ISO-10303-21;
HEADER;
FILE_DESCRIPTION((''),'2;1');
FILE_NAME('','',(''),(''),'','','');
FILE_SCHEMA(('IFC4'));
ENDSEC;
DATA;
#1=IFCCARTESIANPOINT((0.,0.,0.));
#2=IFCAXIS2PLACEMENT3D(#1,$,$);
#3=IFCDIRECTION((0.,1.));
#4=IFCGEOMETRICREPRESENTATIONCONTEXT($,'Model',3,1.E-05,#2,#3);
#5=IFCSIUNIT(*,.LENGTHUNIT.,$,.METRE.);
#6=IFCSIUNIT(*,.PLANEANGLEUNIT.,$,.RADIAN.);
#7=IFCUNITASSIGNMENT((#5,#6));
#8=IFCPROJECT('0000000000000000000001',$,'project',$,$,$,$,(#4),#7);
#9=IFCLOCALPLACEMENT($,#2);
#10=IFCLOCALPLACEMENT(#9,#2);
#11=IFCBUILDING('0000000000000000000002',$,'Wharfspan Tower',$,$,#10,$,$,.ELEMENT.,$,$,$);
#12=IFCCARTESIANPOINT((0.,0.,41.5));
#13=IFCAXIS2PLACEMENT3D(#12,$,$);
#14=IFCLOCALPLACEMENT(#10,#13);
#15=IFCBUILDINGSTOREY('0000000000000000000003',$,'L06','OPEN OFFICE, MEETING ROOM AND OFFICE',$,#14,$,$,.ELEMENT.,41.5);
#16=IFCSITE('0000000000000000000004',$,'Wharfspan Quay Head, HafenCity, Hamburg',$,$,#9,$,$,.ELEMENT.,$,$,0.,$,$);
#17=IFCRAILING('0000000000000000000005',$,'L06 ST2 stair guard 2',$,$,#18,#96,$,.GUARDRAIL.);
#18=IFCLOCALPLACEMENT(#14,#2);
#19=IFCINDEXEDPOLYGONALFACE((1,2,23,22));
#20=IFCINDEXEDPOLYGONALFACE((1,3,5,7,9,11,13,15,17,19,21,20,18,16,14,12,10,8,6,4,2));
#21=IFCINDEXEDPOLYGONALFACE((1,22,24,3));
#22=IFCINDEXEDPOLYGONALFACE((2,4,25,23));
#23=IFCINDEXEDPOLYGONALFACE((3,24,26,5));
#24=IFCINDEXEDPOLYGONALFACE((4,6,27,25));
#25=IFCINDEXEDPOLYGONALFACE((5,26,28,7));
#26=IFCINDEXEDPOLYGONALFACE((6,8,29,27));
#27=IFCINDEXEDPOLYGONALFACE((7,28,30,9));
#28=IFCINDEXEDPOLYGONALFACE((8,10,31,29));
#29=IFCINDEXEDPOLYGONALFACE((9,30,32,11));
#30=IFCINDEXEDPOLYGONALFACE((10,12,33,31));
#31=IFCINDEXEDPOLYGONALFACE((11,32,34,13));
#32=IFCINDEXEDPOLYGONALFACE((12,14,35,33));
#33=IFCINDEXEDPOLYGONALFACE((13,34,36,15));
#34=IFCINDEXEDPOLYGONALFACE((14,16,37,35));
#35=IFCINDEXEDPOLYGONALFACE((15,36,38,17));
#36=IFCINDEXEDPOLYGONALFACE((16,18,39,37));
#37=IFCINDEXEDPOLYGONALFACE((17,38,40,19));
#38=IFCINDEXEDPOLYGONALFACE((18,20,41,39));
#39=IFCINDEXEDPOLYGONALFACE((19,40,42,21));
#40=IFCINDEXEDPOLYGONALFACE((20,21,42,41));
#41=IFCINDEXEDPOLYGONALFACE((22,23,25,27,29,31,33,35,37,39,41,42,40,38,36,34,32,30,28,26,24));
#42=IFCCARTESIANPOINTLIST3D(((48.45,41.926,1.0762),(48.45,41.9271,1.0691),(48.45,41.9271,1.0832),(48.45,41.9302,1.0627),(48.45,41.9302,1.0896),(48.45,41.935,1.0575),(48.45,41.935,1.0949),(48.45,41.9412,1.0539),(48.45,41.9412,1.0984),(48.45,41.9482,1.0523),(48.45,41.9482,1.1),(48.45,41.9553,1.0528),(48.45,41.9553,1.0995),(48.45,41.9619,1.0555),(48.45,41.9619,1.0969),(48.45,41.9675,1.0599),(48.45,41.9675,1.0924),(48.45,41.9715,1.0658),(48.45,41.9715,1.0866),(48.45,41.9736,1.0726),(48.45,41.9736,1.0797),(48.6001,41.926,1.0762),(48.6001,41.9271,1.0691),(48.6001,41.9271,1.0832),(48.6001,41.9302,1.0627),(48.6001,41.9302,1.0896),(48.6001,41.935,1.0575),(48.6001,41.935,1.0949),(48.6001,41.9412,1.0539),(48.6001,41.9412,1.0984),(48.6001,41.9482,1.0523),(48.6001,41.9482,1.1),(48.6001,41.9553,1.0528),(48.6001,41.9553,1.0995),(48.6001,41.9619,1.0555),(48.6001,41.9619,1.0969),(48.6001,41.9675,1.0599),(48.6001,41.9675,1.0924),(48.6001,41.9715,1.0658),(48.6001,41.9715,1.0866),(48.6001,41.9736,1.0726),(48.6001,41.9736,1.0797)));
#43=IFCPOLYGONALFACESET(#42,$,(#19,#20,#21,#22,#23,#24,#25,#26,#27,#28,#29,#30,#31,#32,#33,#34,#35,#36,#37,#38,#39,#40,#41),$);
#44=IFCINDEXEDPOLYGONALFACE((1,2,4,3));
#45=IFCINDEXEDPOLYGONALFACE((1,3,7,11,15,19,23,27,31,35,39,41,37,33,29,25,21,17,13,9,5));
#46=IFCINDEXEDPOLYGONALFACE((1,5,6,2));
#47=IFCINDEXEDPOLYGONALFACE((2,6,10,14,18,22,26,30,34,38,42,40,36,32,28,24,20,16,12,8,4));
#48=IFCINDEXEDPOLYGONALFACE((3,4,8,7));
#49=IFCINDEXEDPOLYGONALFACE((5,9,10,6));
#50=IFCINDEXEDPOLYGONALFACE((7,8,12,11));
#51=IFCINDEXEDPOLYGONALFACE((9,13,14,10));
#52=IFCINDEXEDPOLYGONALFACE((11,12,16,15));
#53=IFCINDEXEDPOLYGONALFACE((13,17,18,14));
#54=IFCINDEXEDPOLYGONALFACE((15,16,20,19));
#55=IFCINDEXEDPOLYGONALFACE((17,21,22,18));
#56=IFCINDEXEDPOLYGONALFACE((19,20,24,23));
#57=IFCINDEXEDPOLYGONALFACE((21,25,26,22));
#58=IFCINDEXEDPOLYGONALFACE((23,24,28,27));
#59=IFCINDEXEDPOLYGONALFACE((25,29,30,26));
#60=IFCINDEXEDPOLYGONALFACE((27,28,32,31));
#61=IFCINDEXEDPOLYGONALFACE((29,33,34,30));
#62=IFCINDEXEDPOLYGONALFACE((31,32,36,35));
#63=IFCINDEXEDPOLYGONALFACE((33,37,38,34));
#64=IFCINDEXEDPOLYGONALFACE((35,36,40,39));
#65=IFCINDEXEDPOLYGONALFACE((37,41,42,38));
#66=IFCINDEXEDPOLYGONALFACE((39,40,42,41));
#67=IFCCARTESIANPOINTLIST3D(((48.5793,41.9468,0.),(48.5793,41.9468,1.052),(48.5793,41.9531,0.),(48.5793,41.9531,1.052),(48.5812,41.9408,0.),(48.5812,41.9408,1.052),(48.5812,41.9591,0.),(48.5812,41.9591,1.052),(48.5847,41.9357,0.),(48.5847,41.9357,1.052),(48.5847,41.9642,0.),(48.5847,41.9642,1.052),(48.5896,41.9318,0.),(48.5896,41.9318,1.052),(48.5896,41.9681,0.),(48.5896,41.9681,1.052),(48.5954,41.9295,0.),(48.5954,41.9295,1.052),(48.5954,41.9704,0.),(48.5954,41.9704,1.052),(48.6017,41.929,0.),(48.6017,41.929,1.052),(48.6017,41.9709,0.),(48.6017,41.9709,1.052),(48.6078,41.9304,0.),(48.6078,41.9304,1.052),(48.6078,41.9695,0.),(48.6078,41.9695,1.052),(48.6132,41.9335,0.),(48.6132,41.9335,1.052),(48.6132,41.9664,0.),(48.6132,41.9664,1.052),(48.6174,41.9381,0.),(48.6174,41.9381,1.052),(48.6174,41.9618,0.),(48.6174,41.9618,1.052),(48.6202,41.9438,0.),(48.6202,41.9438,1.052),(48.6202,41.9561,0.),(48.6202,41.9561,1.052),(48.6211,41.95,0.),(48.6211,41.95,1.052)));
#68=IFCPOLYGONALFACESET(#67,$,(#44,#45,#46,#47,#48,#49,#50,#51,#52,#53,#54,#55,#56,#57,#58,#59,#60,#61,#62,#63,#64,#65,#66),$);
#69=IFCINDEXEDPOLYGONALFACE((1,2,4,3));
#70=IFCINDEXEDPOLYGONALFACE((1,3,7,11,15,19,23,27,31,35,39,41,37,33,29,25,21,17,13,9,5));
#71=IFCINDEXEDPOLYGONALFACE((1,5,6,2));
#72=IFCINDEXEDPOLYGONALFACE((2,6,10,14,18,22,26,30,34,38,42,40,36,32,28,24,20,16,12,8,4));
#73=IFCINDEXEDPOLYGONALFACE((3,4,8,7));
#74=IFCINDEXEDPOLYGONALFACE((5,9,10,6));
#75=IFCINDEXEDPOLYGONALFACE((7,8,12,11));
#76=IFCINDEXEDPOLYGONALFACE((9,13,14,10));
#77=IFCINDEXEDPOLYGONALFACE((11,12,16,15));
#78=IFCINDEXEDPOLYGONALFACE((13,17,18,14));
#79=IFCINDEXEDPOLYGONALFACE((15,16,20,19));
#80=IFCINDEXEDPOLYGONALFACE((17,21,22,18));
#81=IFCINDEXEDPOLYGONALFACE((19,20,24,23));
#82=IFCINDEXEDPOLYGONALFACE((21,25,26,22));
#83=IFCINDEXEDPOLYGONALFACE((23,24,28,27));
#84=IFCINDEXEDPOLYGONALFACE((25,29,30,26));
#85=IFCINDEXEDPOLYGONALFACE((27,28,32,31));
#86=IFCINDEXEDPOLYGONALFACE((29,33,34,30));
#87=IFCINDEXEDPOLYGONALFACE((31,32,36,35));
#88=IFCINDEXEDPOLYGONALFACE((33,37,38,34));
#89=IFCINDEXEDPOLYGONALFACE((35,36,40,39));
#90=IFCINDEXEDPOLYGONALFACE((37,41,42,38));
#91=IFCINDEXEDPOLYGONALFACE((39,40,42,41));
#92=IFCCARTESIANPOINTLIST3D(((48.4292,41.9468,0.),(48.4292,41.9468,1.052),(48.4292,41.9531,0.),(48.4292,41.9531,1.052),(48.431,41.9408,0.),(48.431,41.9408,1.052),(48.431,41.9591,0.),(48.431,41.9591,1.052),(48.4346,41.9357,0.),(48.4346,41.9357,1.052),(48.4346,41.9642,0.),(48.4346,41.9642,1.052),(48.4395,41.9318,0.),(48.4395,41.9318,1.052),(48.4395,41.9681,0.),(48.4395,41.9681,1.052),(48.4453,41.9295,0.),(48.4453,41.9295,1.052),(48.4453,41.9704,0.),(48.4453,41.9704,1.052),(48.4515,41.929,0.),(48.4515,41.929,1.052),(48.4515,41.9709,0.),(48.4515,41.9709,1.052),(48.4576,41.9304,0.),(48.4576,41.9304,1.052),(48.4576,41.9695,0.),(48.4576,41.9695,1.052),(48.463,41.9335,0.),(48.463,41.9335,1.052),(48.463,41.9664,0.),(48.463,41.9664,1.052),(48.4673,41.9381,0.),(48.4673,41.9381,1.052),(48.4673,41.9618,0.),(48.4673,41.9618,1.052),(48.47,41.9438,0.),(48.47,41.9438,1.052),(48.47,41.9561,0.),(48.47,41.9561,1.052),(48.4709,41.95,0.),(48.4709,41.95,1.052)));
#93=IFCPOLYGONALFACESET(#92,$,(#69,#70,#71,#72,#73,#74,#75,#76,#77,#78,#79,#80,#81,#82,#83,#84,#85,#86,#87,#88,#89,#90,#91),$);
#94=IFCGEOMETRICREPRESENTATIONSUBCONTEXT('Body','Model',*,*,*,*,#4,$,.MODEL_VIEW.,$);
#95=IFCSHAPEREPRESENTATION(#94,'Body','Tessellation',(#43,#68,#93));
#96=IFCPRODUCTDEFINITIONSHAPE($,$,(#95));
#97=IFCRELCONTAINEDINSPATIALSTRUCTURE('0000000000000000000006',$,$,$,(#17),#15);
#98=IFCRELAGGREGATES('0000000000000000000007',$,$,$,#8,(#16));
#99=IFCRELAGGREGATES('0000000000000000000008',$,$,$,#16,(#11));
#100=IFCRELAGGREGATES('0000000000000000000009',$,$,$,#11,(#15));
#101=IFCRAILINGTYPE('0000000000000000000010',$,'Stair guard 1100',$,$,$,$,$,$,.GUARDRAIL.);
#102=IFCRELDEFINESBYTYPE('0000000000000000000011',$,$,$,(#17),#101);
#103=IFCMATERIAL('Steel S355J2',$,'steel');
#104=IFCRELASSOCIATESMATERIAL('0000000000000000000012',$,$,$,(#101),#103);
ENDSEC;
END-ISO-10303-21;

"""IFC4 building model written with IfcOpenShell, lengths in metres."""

from ifc_helpers import new_model, si_unit, direction, frame, origin, origin_2d, place, context, subcontext, project, spatial, circle, extrude, material, type_object, element, save


model = new_model("IFC4")

# Units and contexts
model_context = context("Model", 3, precision=1e-05, world=origin(), true_north=direction((0.0, 1.0)))
body_context = subcontext(model_context, "Body", "Model", "MODEL_VIEW")
ifc_project = project(units=[si_unit("LENGTHUNIT", "METRE"), si_unit("PLANEANGLEUNIT", "RADIAN")], contexts=[model_context])

# Site, building, storey
site_placement = place(None, origin())
site = spatial("IfcSite", under=ifc_project, at=site_placement, Name="Wharfspan Quay Head, HafenCity, Hamburg", CompositionType="ELEMENT", RefElevation=0.0)
building_placement = place(site_placement, origin())
building = spatial("IfcBuilding", under=site, at=building_placement, Name="Wharfspan Tower", CompositionType="ELEMENT")
storey_placement = place(building_placement, frame((0.0, 0.0, 41.5)))
storey = spatial("IfcBuildingStorey", under=building, at=storey_placement, Name="L06", Description="OPEN OFFICE, MEETING ROOM AND OFFICE", CompositionType="ELEMENT", Elevation=41.5)

# Shared definitions
ifc_material_1 = material(Name="Steel S355J2", Category="steel")

# Railing
railing_type_1 = type_object("IfcRailingType", Name="Stair guard 1100", PredefinedType="GUARDRAIL", material=ifc_material_1)
railing_1_placement = place(storey_placement, frame((48.6001, 41.95, 0.0)))
element("IfcRailing", 1, at=railing_1_placement, inside=storey, type_object=railing_type_1, Name="L06 ST2 stair guard 2", PredefinedType="GUARDRAIL", context=body_context, shape_type="SweptSolid", body=[
    extrude(circle(Radius=0.0239, at=origin_2d()), frame((0.0, 0.0, 1.0762), z_axis=(-1.0, 0.0, 0.0), x_axis=(0.0, -1.0, 0.0)), (0.0, 0.0, 1.0), 0.1501),
    extrude(circle(Radius=0.021, at=origin_2d()), origin(), (0.0, 0.0, 1.0), 1.052),
    extrude(circle(Radius=0.021, at=origin_2d()), frame((-0.1501, 0.0, 0.0)), (0.0, 0.0, 1.0), 1.052),
])

save(model, "model.ifc")
